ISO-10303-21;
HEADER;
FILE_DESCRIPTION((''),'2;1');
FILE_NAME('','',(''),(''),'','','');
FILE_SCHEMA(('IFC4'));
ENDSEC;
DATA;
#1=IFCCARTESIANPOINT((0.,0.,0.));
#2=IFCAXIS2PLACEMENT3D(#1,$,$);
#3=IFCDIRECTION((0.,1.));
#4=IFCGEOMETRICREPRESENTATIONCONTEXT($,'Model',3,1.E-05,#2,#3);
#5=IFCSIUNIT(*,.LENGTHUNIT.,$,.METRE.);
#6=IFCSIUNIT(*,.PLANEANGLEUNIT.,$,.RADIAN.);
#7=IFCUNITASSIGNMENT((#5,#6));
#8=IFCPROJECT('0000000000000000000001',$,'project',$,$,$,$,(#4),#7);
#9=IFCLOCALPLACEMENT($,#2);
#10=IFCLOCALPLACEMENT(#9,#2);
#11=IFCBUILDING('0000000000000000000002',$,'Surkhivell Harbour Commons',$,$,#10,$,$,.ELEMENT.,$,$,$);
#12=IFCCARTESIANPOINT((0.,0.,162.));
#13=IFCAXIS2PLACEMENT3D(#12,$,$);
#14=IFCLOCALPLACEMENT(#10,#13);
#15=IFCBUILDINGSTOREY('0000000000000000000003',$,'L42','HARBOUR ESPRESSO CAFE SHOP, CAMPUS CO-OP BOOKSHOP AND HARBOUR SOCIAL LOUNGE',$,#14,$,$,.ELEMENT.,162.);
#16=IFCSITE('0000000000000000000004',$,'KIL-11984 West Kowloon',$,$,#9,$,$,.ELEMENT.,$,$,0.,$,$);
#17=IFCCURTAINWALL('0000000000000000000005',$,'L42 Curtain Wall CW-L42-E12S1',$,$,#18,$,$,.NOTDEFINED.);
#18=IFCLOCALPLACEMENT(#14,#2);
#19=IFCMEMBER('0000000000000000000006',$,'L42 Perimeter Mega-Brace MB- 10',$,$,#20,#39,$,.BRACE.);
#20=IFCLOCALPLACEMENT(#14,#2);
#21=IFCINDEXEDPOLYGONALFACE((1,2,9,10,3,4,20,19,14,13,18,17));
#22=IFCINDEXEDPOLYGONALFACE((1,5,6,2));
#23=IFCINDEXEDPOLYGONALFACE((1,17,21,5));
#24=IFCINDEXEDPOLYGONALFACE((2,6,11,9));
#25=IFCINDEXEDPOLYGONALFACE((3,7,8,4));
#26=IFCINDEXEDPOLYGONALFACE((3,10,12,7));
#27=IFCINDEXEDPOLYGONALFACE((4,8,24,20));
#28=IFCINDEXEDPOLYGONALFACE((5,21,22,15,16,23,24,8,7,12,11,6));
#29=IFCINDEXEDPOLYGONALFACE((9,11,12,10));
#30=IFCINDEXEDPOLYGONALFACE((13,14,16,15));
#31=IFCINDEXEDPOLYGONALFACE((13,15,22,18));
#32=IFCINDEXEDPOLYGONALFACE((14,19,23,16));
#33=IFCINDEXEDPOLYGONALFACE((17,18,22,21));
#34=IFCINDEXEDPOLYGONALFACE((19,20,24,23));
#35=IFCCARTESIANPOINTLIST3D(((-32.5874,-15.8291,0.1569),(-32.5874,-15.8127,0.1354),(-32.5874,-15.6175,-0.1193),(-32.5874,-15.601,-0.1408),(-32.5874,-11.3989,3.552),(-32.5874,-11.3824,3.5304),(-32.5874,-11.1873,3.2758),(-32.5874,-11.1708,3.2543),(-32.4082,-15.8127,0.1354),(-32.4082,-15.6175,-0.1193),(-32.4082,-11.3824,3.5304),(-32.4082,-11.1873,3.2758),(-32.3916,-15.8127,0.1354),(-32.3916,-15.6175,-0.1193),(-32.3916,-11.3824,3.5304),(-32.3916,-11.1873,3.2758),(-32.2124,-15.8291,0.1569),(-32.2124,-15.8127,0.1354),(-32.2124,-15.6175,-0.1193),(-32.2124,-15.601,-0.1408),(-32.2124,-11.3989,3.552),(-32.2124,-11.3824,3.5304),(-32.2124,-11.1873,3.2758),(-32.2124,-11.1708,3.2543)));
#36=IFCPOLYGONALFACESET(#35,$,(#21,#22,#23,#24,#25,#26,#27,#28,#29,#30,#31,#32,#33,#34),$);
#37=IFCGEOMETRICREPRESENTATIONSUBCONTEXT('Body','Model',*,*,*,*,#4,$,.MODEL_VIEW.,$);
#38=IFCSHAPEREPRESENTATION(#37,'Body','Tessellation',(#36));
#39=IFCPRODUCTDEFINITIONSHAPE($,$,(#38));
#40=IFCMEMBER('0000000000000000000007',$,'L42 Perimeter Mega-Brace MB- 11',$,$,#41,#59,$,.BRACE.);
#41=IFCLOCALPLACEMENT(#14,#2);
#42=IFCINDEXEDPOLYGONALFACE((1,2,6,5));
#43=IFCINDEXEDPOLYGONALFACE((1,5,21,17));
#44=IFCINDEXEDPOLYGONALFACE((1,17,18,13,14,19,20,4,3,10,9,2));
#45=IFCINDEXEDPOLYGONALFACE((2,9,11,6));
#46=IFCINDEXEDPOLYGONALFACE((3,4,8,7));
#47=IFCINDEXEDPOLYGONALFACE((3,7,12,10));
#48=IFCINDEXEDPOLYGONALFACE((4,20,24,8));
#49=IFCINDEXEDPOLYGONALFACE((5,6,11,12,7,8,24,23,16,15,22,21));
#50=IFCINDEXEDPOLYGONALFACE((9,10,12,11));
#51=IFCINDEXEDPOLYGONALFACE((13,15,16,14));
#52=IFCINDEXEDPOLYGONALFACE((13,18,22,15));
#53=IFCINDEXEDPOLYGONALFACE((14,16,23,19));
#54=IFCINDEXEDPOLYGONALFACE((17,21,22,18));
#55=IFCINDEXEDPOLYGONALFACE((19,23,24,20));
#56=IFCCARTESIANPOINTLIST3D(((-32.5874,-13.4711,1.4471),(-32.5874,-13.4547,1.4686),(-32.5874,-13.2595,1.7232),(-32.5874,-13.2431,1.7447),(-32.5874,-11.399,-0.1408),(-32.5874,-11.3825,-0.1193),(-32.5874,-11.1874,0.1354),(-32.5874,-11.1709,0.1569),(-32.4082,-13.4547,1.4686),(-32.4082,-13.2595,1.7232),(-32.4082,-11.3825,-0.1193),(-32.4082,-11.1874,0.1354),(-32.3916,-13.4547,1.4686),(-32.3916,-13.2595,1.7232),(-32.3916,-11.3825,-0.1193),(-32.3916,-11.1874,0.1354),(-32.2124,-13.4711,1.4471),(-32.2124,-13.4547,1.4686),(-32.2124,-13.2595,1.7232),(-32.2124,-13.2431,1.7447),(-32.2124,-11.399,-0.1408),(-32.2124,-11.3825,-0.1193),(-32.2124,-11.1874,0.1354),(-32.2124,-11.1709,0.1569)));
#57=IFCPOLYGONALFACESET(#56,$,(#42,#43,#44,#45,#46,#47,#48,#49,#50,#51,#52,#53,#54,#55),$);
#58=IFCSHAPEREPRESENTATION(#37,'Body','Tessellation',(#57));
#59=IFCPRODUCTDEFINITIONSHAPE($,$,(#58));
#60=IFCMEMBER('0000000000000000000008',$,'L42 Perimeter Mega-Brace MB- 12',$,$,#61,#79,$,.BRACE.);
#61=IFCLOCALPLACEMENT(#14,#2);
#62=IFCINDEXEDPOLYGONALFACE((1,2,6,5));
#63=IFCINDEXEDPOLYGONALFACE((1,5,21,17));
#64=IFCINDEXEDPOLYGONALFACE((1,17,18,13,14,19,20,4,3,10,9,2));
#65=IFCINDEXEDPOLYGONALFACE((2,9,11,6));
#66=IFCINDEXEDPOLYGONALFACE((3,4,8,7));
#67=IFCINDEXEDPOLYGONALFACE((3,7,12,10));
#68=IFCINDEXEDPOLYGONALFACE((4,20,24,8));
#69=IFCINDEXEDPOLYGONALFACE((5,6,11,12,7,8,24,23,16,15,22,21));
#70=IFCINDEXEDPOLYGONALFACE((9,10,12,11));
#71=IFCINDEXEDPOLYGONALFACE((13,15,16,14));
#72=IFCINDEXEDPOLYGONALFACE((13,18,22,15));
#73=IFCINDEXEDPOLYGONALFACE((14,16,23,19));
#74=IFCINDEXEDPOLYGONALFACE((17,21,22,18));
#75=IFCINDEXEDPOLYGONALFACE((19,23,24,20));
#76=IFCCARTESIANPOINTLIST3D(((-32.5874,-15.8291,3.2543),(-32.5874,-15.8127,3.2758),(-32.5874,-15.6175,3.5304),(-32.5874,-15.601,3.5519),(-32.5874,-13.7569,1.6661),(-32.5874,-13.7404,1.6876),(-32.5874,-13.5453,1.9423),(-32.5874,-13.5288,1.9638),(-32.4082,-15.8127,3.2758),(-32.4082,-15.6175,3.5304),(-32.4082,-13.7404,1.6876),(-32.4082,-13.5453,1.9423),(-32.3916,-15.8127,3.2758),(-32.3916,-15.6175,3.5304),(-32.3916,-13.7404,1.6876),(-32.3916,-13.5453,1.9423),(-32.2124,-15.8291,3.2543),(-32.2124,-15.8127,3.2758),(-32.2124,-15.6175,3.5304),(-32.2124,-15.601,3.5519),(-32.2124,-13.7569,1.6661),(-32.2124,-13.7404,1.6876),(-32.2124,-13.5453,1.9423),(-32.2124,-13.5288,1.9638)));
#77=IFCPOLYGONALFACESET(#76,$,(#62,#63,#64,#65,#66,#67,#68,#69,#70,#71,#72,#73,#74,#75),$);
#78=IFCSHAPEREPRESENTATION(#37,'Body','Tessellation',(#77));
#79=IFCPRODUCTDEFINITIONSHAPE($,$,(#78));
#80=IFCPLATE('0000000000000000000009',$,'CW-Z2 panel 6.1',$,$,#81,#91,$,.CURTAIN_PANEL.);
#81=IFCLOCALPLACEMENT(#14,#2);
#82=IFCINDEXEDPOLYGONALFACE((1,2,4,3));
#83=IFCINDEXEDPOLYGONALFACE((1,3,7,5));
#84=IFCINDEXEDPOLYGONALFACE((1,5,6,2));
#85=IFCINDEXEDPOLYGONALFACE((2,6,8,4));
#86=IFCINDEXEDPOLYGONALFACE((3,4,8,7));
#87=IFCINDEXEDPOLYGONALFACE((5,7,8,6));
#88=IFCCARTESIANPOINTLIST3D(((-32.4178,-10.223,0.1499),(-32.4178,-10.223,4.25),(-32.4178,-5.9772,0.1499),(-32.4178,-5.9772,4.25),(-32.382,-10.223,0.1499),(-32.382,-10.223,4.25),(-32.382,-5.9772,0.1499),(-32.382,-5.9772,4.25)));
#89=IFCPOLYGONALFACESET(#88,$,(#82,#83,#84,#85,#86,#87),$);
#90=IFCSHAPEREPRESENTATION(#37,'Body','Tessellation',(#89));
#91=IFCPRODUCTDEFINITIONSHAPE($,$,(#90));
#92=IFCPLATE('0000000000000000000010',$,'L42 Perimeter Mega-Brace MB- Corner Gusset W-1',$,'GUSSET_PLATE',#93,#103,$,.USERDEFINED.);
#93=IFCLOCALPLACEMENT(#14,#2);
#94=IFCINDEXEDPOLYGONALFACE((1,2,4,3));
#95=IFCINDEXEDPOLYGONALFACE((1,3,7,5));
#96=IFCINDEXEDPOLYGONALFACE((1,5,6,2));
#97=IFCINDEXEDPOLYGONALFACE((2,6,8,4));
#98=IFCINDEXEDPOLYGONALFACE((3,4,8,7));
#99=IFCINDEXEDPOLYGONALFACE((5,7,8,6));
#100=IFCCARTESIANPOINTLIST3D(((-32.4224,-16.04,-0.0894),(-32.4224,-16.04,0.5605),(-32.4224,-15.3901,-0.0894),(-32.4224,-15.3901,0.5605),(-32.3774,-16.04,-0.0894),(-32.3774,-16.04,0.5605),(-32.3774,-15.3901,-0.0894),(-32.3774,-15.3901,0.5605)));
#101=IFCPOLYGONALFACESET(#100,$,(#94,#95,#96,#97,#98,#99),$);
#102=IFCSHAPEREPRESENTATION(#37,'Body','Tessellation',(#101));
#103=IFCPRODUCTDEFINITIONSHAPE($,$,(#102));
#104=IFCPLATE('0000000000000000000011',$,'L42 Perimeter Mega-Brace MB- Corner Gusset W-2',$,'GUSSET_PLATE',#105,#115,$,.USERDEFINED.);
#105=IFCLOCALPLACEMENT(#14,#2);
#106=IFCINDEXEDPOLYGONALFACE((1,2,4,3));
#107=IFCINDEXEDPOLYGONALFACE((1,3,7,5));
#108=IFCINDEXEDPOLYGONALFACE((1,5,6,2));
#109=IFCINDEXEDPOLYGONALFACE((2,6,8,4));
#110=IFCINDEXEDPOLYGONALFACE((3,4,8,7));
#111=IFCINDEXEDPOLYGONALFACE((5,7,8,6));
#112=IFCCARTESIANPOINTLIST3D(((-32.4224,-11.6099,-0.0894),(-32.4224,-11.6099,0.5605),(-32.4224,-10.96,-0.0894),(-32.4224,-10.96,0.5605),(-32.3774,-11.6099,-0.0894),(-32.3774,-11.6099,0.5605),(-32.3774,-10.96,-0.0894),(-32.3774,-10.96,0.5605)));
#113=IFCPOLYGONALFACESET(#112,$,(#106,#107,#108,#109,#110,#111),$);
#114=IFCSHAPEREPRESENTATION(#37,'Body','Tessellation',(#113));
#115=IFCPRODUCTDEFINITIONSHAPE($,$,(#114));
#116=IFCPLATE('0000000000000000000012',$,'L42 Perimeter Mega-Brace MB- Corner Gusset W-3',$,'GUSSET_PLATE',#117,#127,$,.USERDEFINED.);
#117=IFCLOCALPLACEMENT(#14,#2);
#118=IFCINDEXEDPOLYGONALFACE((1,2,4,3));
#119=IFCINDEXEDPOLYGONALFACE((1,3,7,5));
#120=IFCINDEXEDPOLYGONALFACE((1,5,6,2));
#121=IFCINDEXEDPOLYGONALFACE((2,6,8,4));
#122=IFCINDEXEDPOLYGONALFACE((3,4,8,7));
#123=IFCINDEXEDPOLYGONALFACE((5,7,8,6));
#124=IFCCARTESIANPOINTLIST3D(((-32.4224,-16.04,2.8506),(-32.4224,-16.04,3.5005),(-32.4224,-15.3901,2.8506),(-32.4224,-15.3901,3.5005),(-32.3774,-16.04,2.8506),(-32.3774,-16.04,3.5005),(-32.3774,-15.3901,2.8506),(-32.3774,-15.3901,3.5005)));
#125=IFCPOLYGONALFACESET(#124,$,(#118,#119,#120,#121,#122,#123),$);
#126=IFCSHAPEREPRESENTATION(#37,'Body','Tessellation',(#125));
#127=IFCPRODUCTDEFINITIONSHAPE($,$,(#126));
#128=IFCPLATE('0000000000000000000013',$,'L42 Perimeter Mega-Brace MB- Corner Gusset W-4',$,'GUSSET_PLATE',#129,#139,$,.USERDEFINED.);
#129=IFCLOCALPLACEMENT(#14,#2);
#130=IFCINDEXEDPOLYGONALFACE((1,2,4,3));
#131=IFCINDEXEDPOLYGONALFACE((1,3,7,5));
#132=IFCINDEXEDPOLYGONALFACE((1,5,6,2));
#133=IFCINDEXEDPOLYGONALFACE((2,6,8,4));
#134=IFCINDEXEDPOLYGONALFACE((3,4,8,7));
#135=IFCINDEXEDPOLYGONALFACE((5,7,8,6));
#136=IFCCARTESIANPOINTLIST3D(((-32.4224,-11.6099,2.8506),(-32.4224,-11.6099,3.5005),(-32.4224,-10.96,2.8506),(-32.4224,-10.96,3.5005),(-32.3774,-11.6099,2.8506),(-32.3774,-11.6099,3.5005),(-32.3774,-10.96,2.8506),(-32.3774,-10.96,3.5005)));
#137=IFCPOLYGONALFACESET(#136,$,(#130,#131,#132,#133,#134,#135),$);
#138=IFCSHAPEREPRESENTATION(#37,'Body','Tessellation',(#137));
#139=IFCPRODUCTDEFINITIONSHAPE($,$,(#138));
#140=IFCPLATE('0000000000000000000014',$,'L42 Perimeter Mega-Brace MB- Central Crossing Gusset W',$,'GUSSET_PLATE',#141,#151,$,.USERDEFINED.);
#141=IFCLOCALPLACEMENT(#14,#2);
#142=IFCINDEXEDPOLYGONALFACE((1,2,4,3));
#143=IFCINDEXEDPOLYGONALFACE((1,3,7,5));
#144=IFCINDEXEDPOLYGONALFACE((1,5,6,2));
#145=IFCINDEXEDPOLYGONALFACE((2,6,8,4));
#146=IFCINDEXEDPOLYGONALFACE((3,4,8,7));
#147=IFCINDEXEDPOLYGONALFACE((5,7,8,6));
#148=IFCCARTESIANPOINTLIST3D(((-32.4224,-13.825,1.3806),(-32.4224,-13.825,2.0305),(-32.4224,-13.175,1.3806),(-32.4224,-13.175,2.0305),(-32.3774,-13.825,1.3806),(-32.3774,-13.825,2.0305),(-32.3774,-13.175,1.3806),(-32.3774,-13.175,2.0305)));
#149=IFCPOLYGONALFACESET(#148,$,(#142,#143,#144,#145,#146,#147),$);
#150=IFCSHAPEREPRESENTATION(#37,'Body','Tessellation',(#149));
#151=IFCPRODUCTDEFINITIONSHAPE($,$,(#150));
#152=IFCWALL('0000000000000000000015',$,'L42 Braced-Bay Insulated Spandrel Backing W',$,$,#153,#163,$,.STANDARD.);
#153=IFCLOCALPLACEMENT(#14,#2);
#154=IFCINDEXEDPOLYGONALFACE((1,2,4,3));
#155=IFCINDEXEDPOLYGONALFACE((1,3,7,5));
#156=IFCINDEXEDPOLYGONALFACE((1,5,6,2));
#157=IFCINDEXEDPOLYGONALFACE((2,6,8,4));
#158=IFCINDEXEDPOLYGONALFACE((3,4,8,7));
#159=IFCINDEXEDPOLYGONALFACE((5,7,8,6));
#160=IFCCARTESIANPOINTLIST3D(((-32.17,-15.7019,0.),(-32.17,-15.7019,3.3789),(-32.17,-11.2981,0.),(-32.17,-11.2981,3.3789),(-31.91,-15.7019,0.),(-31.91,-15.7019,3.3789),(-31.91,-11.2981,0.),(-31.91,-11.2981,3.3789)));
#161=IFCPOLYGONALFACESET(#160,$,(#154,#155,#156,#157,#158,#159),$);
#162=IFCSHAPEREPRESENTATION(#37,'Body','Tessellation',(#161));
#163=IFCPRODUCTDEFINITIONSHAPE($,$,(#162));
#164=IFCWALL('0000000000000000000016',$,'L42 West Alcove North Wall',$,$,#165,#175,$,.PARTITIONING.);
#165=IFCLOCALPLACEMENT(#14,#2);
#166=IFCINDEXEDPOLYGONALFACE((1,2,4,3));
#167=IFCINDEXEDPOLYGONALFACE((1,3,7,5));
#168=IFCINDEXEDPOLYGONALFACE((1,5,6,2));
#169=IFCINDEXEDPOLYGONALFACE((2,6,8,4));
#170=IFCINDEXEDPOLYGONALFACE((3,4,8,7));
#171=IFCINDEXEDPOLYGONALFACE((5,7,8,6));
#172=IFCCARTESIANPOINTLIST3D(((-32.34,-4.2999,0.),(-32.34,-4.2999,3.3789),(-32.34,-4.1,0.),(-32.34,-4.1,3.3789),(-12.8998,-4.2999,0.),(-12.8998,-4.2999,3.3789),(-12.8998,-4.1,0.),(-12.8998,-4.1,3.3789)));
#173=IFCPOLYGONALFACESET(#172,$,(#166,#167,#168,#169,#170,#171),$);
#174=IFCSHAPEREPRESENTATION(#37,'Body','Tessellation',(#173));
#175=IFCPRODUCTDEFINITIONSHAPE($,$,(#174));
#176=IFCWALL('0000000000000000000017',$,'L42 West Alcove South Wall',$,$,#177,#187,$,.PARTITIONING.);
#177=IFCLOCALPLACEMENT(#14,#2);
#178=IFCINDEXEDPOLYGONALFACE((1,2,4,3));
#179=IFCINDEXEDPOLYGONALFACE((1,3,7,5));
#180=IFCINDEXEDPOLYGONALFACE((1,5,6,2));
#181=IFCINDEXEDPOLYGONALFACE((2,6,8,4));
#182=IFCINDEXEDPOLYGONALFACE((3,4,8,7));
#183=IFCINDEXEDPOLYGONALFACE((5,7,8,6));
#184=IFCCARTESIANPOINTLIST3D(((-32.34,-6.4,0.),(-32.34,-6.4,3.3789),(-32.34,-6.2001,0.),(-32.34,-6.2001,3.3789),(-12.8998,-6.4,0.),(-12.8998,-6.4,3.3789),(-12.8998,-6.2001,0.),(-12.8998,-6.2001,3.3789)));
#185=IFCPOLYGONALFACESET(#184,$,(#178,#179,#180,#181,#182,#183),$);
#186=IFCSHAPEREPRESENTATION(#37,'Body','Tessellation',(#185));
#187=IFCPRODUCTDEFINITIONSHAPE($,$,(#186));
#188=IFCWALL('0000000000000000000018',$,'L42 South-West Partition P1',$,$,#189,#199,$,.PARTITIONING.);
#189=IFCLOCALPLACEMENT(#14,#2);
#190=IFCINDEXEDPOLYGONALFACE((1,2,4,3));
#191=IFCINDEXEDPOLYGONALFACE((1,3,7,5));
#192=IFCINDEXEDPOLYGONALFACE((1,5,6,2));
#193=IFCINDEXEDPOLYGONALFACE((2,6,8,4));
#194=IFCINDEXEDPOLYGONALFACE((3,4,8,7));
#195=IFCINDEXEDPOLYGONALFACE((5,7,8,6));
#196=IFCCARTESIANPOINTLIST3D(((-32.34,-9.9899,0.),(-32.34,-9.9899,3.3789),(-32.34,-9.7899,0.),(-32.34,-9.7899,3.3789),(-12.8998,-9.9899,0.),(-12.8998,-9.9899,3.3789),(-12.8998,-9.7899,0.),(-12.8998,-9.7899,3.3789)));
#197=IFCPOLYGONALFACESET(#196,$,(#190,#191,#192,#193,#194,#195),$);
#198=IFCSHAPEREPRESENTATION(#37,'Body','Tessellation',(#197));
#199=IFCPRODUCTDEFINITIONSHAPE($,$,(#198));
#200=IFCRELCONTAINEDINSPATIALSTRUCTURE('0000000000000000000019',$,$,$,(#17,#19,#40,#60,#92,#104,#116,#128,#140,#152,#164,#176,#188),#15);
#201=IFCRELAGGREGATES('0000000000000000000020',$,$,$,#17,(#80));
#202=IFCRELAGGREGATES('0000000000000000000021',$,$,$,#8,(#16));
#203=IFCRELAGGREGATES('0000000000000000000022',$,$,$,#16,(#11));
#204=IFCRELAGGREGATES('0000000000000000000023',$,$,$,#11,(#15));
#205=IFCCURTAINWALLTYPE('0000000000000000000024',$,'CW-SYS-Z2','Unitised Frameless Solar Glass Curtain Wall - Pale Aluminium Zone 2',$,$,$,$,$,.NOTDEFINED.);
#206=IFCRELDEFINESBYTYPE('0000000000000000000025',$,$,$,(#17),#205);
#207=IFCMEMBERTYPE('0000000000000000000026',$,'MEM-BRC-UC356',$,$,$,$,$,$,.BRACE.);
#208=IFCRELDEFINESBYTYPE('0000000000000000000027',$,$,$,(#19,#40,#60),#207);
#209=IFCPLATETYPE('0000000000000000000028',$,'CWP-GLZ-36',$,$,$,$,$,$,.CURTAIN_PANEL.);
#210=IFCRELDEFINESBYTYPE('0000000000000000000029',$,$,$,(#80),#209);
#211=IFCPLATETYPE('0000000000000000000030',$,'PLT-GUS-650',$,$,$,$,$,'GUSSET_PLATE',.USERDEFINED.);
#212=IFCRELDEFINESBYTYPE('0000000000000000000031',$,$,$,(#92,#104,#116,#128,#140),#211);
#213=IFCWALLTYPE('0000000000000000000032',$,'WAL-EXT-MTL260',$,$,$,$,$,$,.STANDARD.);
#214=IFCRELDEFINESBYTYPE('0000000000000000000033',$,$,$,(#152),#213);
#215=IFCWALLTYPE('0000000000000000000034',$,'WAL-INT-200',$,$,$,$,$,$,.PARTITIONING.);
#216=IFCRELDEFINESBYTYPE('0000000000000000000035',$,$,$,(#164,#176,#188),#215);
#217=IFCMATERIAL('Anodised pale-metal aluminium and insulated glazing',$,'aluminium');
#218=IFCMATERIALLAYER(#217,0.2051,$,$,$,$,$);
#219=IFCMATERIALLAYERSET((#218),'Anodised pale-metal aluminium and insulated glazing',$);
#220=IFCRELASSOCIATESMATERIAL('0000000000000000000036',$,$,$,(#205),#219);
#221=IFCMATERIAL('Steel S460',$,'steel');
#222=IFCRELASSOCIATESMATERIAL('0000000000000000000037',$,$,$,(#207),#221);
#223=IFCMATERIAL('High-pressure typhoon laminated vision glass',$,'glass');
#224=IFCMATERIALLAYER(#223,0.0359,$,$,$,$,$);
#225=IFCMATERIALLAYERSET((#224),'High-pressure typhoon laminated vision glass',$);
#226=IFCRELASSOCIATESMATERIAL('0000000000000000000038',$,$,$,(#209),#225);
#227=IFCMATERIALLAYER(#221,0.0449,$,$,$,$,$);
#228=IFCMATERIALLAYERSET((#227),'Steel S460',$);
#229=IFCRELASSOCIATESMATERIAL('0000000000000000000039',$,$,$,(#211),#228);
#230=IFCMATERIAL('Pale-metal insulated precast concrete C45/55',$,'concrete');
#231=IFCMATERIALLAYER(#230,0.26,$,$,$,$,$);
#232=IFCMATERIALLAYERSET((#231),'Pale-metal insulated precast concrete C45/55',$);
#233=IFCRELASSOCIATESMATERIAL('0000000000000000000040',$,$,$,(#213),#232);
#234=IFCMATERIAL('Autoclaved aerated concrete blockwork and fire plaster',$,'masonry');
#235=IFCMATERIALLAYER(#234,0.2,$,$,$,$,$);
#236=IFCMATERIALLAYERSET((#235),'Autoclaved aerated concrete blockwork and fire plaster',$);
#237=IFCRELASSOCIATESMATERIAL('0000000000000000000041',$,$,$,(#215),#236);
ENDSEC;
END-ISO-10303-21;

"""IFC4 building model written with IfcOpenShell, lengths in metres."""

from ifc_helpers import new_model, si_unit, direction, frame, frame_2d, origin, origin_2d, place, context, subcontext, project, spatial, rectangle, i_section, extrude, material, layer, layer_set, material_profile, profile_set, type_object, element, aggregate, save


model = new_model("IFC4")

# Units and contexts
model_context = context("Model", 3, precision=1e-05, world=origin(), true_north=direction((0.0, 1.0)))
body_context = subcontext(model_context, "Body", "Model", "MODEL_VIEW")
ifc_project = project(units=[si_unit("LENGTHUNIT", "METRE"), si_unit("PLANEANGLEUNIT", "RADIAN")], contexts=[model_context])

# Site, building, storey
site_placement = place(None, origin())
site = spatial("IfcSite", under=ifc_project, at=site_placement, Name="KIL-11984 West Kowloon", CompositionType="ELEMENT", RefElevation=0.0)
building_placement = place(site_placement, origin())
building = spatial("IfcBuilding", under=site, at=building_placement, Name="Surkhivell Harbour Commons", CompositionType="ELEMENT")
storey_placement = place(building_placement, frame((0.0, 0.0, 162.0)))
storey = spatial("IfcBuildingStorey", under=building, at=storey_placement, Name="L42", Description="HARBOUR ESPRESSO CAFE SHOP, CAMPUS CO-OP BOOKSHOP AND HARBOUR SOCIAL LOUNGE", CompositionType="ELEMENT", Elevation=162.0)

# Shared definitions
ifc_material_1 = material(Name="Steel S460", Category="steel")

# Curtain wall
ifc_material_2 = material(Name="Anodised pale-metal aluminium and insulated glazing", Category="aluminium")
ifc_layer_1 = layer(ifc_material_2, 0.2051)
ifc_layer_set_1 = layer_set([ifc_layer_1], Name="Anodised pale-metal aluminium and insulated glazing")
curtain_wall_type = type_object("IfcCurtainWallType", Name="CW-SYS-Z2", Description="Unitised Frameless Solar Glass Curtain Wall - Pale Aluminium Zone 2", PredefinedType="NOTDEFINED", material=ifc_layer_set_1)
curtain_wall_placement = place(storey_placement, origin())
curtain_wall = element("IfcCurtainWall", 1, at=curtain_wall_placement, inside=storey, type_object=curtain_wall_type, Name="L42 Curtain Wall CW-L42-E12S1", PredefinedType="NOTDEFINED")

# Members
ifc_material_profile_1 = material_profile(ifc_material_1, i_section(OverallWidth=0.375, OverallDepth=0.375, WebThickness=0.0166, FlangeThickness=0.0271, at=origin_2d()), Name="UC356x368x202")
ifc_profile_set_1 = profile_set([ifc_material_profile_1], Name="Steel S460")
member_type_1 = type_object("IfcMemberType", Name="MEM-BRC-UC356", PredefinedType="BRACE", material=ifc_profile_set_1)
member_1_placement = place(storey_placement, frame((-32.3999, -15.7151, 0.0081), z_axis=(0.0, 0.793732, 0.608268), x_axis=(-1.0, 0.0, 0.0)))
element("IfcMember", 2, at=member_1_placement, inside=storey, type_object=member_type_1, Name="L42 Perimeter Mega-Brace MB- 10", PredefinedType="BRACE", context=body_context, shape_type="SweptSolid", body=[
    extrude(i_section(OverallWidth=0.375, OverallDepth=0.375, WebThickness=0.0166, FlangeThickness=0.0271, at=origin_2d()), origin(), (0.0, 0.0, 1.0), 5.5815),
])
member_2_placement = place(storey_placement, frame((-32.3999, -11.2849, 0.0081), z_axis=(0.0, -0.793763, 0.608227), x_axis=(1.0, 0.0, 0.0)))
element("IfcMember", 3, at=member_2_placement, inside=storey, type_object=member_type_1, Name="L42 Perimeter Mega-Brace MB- 11", PredefinedType="BRACE", context=body_context, shape_type="SweptSolid", body=[
    extrude(i_section(OverallWidth=0.375, OverallDepth=0.375, WebThickness=0.0166, FlangeThickness=0.0271, at=origin_2d()), origin(), (0.0, 0.0, 1.0), 2.6106),
])
member_3_placement = place(storey_placement, frame((-32.3999, -13.6428, 1.8149), z_axis=(0.0, -0.793718, 0.608286), x_axis=(1.0, 0.0, 0.0)))
element("IfcMember", 4, at=member_3_placement, inside=storey, type_object=member_type_1, Name="L42 Perimeter Mega-Brace MB- 12", PredefinedType="BRACE", context=body_context, shape_type="SweptSolid", body=[
    extrude(i_section(OverallWidth=0.375, OverallDepth=0.375, WebThickness=0.0166, FlangeThickness=0.0271, at=origin_2d()), origin(), (0.0, 0.0, 1.0), 2.6108),
])

# Plate
ifc_material_3 = material(Name="High-pressure typhoon laminated vision glass", Category="glass")
ifc_layer_2 = layer(ifc_material_3, 0.0359)
ifc_layer_set_2 = layer_set([ifc_layer_2], Name="High-pressure typhoon laminated vision glass")
plate_type_1 = type_object("IfcPlateType", Name="CWP-GLZ-36", PredefinedType="CURTAIN_PANEL", material=ifc_layer_set_2)
plate_placement = place(storey_placement, frame((-32.3999, -5.9771, 0.1499), z_axis=(0.0, 0.0, 1.0), x_axis=(0.0, -1.0, 0.0)))
plate = element("IfcPlate", 5, at=plate_placement, type_object=plate_type_1, Name="CW-Z2 panel 6.1", PredefinedType="CURTAIN_PANEL", context=body_context, shape_type="SweptSolid", body=[
    extrude(rectangle(XDim=4.2458, YDim=0.0359, at=frame_2d((2.123, 0.0))), origin(), (0.0, 0.0, 1.0), 4.1001),
])
aggregate(curtain_wall, [plate])

# Plates
ifc_layer_3 = layer(ifc_material_1, 0.0449)
ifc_layer_set_3 = layer_set([ifc_layer_3], Name="Steel S460")
plate_type_2 = type_object("IfcPlateType", Name="PLT-GUS-650", ElementType="GUSSET_PLATE", PredefinedType="USERDEFINED", material=ifc_layer_set_3)
for number, where, z_axis, x_axis, name in (
    (6, (-32.3999, -15.7151, -0.0894), (0.0, 0.0, 1.0), (0.0, 1.0, 0.0), "L42 Perimeter Mega-Brace MB- Corner Gusset W-1"),
    (7, (-32.3999, -11.2849, -0.0894), (0.0, 0.0, 1.0), (0.0, 1.0, 0.0), "L42 Perimeter Mega-Brace MB- Corner Gusset W-2"),
    (8, (-32.3999, -15.7151, 2.8506), (0.0, 0.0, 1.0), (0.0, 1.0, 0.0), "L42 Perimeter Mega-Brace MB- Corner Gusset W-3"),
    (9, (-32.3999, -11.2849, 2.8506), (0.0, 0.0, 1.0), (0.0, 1.0, 0.0), "L42 Perimeter Mega-Brace MB- Corner Gusset W-4"),
    (10, (-32.3999, -13.5, 1.3806), (0.0, 0.0, 1.0), (0.0, 1.0, 0.0), "L42 Perimeter Mega-Brace MB- Central Crossing Gusset W"),
):
    element("IfcPlate", number, at=place(storey_placement, frame(where, z_axis=z_axis, x_axis=x_axis)), inside=storey, type_object=plate_type_2, Name=name, ObjectType="GUSSET_PLATE", PredefinedType="USERDEFINED", context=body_context, shape_type="SweptSolid", body=[
        extrude(rectangle(XDim=0.6499, YDim=0.0449, at=origin_2d()), origin(), (0.0, 0.0, 1.0), 0.6499),
    ])

# Walls
ifc_material_4 = material(Name="Pale-metal insulated precast concrete C45/55", Category="concrete")
ifc_layer_4 = layer(ifc_material_4, 0.26)
ifc_layer_set_4 = layer_set([ifc_layer_4], Name="Pale-metal insulated precast concrete C45/55")
wall_type_1 = type_object("IfcWallType", Name="WAL-EXT-MTL260", PredefinedType="STANDARD", material=ifc_layer_set_4)
wall_placement = place(storey_placement, frame((-32.04, -11.2981, 0.0), z_axis=(0.0, 0.0, 1.0), x_axis=(0.0, -1.0, 0.0)))
element("IfcWall", 11, at=wall_placement, inside=storey, type_object=wall_type_1, Name="L42 Braced-Bay Insulated Spandrel Backing W", PredefinedType="STANDARD", context=body_context, shape_type="SweptSolid", body=[
    extrude(rectangle(XDim=4.4038, YDim=0.26, at=frame_2d((2.2019, 0.0))), origin(), (0.0, 0.0, 1.0), 3.3789),
])
ifc_material_5 = material(Name="Autoclaved aerated concrete blockwork and fire plaster", Category="masonry")
ifc_layer_5 = layer(ifc_material_5, 0.2)
ifc_layer_set_5 = layer_set([ifc_layer_5], Name="Autoclaved aerated concrete blockwork and fire plaster")
wall_type_2 = type_object("IfcWallType", Name="WAL-INT-200", PredefinedType="PARTITIONING", material=ifc_layer_set_5)
for number, where, z_axis, x_axis, name in (
    (12, (-32.3401, -4.2, 0.0), (0.0, 0.0, 1.0), (1.0, 0.0, 0.0), "L42 West Alcove North Wall"),
    (13, (-32.3401, -6.3, 0.0), (0.0, 0.0, 1.0), (1.0, 0.0, 0.0), "L42 West Alcove South Wall"),
    (14, (-32.3401, -9.8899, 0.0), (0.0, 0.0, 1.0), (1.0, 0.0, 0.0), "L42 South-West Partition P1"),
):
    element("IfcWall", number, at=place(storey_placement, frame(where, z_axis=z_axis, x_axis=x_axis)), inside=storey, type_object=wall_type_2, Name=name, PredefinedType="PARTITIONING", context=body_context, shape_type="SweptSolid", body=[
        extrude(rectangle(XDim=19.4402, YDim=0.2, at=frame_2d((9.7202, 0.0))), origin(), (0.0, 0.0, 1.0), 3.3789),
    ])

save(model, "model.ifc")
